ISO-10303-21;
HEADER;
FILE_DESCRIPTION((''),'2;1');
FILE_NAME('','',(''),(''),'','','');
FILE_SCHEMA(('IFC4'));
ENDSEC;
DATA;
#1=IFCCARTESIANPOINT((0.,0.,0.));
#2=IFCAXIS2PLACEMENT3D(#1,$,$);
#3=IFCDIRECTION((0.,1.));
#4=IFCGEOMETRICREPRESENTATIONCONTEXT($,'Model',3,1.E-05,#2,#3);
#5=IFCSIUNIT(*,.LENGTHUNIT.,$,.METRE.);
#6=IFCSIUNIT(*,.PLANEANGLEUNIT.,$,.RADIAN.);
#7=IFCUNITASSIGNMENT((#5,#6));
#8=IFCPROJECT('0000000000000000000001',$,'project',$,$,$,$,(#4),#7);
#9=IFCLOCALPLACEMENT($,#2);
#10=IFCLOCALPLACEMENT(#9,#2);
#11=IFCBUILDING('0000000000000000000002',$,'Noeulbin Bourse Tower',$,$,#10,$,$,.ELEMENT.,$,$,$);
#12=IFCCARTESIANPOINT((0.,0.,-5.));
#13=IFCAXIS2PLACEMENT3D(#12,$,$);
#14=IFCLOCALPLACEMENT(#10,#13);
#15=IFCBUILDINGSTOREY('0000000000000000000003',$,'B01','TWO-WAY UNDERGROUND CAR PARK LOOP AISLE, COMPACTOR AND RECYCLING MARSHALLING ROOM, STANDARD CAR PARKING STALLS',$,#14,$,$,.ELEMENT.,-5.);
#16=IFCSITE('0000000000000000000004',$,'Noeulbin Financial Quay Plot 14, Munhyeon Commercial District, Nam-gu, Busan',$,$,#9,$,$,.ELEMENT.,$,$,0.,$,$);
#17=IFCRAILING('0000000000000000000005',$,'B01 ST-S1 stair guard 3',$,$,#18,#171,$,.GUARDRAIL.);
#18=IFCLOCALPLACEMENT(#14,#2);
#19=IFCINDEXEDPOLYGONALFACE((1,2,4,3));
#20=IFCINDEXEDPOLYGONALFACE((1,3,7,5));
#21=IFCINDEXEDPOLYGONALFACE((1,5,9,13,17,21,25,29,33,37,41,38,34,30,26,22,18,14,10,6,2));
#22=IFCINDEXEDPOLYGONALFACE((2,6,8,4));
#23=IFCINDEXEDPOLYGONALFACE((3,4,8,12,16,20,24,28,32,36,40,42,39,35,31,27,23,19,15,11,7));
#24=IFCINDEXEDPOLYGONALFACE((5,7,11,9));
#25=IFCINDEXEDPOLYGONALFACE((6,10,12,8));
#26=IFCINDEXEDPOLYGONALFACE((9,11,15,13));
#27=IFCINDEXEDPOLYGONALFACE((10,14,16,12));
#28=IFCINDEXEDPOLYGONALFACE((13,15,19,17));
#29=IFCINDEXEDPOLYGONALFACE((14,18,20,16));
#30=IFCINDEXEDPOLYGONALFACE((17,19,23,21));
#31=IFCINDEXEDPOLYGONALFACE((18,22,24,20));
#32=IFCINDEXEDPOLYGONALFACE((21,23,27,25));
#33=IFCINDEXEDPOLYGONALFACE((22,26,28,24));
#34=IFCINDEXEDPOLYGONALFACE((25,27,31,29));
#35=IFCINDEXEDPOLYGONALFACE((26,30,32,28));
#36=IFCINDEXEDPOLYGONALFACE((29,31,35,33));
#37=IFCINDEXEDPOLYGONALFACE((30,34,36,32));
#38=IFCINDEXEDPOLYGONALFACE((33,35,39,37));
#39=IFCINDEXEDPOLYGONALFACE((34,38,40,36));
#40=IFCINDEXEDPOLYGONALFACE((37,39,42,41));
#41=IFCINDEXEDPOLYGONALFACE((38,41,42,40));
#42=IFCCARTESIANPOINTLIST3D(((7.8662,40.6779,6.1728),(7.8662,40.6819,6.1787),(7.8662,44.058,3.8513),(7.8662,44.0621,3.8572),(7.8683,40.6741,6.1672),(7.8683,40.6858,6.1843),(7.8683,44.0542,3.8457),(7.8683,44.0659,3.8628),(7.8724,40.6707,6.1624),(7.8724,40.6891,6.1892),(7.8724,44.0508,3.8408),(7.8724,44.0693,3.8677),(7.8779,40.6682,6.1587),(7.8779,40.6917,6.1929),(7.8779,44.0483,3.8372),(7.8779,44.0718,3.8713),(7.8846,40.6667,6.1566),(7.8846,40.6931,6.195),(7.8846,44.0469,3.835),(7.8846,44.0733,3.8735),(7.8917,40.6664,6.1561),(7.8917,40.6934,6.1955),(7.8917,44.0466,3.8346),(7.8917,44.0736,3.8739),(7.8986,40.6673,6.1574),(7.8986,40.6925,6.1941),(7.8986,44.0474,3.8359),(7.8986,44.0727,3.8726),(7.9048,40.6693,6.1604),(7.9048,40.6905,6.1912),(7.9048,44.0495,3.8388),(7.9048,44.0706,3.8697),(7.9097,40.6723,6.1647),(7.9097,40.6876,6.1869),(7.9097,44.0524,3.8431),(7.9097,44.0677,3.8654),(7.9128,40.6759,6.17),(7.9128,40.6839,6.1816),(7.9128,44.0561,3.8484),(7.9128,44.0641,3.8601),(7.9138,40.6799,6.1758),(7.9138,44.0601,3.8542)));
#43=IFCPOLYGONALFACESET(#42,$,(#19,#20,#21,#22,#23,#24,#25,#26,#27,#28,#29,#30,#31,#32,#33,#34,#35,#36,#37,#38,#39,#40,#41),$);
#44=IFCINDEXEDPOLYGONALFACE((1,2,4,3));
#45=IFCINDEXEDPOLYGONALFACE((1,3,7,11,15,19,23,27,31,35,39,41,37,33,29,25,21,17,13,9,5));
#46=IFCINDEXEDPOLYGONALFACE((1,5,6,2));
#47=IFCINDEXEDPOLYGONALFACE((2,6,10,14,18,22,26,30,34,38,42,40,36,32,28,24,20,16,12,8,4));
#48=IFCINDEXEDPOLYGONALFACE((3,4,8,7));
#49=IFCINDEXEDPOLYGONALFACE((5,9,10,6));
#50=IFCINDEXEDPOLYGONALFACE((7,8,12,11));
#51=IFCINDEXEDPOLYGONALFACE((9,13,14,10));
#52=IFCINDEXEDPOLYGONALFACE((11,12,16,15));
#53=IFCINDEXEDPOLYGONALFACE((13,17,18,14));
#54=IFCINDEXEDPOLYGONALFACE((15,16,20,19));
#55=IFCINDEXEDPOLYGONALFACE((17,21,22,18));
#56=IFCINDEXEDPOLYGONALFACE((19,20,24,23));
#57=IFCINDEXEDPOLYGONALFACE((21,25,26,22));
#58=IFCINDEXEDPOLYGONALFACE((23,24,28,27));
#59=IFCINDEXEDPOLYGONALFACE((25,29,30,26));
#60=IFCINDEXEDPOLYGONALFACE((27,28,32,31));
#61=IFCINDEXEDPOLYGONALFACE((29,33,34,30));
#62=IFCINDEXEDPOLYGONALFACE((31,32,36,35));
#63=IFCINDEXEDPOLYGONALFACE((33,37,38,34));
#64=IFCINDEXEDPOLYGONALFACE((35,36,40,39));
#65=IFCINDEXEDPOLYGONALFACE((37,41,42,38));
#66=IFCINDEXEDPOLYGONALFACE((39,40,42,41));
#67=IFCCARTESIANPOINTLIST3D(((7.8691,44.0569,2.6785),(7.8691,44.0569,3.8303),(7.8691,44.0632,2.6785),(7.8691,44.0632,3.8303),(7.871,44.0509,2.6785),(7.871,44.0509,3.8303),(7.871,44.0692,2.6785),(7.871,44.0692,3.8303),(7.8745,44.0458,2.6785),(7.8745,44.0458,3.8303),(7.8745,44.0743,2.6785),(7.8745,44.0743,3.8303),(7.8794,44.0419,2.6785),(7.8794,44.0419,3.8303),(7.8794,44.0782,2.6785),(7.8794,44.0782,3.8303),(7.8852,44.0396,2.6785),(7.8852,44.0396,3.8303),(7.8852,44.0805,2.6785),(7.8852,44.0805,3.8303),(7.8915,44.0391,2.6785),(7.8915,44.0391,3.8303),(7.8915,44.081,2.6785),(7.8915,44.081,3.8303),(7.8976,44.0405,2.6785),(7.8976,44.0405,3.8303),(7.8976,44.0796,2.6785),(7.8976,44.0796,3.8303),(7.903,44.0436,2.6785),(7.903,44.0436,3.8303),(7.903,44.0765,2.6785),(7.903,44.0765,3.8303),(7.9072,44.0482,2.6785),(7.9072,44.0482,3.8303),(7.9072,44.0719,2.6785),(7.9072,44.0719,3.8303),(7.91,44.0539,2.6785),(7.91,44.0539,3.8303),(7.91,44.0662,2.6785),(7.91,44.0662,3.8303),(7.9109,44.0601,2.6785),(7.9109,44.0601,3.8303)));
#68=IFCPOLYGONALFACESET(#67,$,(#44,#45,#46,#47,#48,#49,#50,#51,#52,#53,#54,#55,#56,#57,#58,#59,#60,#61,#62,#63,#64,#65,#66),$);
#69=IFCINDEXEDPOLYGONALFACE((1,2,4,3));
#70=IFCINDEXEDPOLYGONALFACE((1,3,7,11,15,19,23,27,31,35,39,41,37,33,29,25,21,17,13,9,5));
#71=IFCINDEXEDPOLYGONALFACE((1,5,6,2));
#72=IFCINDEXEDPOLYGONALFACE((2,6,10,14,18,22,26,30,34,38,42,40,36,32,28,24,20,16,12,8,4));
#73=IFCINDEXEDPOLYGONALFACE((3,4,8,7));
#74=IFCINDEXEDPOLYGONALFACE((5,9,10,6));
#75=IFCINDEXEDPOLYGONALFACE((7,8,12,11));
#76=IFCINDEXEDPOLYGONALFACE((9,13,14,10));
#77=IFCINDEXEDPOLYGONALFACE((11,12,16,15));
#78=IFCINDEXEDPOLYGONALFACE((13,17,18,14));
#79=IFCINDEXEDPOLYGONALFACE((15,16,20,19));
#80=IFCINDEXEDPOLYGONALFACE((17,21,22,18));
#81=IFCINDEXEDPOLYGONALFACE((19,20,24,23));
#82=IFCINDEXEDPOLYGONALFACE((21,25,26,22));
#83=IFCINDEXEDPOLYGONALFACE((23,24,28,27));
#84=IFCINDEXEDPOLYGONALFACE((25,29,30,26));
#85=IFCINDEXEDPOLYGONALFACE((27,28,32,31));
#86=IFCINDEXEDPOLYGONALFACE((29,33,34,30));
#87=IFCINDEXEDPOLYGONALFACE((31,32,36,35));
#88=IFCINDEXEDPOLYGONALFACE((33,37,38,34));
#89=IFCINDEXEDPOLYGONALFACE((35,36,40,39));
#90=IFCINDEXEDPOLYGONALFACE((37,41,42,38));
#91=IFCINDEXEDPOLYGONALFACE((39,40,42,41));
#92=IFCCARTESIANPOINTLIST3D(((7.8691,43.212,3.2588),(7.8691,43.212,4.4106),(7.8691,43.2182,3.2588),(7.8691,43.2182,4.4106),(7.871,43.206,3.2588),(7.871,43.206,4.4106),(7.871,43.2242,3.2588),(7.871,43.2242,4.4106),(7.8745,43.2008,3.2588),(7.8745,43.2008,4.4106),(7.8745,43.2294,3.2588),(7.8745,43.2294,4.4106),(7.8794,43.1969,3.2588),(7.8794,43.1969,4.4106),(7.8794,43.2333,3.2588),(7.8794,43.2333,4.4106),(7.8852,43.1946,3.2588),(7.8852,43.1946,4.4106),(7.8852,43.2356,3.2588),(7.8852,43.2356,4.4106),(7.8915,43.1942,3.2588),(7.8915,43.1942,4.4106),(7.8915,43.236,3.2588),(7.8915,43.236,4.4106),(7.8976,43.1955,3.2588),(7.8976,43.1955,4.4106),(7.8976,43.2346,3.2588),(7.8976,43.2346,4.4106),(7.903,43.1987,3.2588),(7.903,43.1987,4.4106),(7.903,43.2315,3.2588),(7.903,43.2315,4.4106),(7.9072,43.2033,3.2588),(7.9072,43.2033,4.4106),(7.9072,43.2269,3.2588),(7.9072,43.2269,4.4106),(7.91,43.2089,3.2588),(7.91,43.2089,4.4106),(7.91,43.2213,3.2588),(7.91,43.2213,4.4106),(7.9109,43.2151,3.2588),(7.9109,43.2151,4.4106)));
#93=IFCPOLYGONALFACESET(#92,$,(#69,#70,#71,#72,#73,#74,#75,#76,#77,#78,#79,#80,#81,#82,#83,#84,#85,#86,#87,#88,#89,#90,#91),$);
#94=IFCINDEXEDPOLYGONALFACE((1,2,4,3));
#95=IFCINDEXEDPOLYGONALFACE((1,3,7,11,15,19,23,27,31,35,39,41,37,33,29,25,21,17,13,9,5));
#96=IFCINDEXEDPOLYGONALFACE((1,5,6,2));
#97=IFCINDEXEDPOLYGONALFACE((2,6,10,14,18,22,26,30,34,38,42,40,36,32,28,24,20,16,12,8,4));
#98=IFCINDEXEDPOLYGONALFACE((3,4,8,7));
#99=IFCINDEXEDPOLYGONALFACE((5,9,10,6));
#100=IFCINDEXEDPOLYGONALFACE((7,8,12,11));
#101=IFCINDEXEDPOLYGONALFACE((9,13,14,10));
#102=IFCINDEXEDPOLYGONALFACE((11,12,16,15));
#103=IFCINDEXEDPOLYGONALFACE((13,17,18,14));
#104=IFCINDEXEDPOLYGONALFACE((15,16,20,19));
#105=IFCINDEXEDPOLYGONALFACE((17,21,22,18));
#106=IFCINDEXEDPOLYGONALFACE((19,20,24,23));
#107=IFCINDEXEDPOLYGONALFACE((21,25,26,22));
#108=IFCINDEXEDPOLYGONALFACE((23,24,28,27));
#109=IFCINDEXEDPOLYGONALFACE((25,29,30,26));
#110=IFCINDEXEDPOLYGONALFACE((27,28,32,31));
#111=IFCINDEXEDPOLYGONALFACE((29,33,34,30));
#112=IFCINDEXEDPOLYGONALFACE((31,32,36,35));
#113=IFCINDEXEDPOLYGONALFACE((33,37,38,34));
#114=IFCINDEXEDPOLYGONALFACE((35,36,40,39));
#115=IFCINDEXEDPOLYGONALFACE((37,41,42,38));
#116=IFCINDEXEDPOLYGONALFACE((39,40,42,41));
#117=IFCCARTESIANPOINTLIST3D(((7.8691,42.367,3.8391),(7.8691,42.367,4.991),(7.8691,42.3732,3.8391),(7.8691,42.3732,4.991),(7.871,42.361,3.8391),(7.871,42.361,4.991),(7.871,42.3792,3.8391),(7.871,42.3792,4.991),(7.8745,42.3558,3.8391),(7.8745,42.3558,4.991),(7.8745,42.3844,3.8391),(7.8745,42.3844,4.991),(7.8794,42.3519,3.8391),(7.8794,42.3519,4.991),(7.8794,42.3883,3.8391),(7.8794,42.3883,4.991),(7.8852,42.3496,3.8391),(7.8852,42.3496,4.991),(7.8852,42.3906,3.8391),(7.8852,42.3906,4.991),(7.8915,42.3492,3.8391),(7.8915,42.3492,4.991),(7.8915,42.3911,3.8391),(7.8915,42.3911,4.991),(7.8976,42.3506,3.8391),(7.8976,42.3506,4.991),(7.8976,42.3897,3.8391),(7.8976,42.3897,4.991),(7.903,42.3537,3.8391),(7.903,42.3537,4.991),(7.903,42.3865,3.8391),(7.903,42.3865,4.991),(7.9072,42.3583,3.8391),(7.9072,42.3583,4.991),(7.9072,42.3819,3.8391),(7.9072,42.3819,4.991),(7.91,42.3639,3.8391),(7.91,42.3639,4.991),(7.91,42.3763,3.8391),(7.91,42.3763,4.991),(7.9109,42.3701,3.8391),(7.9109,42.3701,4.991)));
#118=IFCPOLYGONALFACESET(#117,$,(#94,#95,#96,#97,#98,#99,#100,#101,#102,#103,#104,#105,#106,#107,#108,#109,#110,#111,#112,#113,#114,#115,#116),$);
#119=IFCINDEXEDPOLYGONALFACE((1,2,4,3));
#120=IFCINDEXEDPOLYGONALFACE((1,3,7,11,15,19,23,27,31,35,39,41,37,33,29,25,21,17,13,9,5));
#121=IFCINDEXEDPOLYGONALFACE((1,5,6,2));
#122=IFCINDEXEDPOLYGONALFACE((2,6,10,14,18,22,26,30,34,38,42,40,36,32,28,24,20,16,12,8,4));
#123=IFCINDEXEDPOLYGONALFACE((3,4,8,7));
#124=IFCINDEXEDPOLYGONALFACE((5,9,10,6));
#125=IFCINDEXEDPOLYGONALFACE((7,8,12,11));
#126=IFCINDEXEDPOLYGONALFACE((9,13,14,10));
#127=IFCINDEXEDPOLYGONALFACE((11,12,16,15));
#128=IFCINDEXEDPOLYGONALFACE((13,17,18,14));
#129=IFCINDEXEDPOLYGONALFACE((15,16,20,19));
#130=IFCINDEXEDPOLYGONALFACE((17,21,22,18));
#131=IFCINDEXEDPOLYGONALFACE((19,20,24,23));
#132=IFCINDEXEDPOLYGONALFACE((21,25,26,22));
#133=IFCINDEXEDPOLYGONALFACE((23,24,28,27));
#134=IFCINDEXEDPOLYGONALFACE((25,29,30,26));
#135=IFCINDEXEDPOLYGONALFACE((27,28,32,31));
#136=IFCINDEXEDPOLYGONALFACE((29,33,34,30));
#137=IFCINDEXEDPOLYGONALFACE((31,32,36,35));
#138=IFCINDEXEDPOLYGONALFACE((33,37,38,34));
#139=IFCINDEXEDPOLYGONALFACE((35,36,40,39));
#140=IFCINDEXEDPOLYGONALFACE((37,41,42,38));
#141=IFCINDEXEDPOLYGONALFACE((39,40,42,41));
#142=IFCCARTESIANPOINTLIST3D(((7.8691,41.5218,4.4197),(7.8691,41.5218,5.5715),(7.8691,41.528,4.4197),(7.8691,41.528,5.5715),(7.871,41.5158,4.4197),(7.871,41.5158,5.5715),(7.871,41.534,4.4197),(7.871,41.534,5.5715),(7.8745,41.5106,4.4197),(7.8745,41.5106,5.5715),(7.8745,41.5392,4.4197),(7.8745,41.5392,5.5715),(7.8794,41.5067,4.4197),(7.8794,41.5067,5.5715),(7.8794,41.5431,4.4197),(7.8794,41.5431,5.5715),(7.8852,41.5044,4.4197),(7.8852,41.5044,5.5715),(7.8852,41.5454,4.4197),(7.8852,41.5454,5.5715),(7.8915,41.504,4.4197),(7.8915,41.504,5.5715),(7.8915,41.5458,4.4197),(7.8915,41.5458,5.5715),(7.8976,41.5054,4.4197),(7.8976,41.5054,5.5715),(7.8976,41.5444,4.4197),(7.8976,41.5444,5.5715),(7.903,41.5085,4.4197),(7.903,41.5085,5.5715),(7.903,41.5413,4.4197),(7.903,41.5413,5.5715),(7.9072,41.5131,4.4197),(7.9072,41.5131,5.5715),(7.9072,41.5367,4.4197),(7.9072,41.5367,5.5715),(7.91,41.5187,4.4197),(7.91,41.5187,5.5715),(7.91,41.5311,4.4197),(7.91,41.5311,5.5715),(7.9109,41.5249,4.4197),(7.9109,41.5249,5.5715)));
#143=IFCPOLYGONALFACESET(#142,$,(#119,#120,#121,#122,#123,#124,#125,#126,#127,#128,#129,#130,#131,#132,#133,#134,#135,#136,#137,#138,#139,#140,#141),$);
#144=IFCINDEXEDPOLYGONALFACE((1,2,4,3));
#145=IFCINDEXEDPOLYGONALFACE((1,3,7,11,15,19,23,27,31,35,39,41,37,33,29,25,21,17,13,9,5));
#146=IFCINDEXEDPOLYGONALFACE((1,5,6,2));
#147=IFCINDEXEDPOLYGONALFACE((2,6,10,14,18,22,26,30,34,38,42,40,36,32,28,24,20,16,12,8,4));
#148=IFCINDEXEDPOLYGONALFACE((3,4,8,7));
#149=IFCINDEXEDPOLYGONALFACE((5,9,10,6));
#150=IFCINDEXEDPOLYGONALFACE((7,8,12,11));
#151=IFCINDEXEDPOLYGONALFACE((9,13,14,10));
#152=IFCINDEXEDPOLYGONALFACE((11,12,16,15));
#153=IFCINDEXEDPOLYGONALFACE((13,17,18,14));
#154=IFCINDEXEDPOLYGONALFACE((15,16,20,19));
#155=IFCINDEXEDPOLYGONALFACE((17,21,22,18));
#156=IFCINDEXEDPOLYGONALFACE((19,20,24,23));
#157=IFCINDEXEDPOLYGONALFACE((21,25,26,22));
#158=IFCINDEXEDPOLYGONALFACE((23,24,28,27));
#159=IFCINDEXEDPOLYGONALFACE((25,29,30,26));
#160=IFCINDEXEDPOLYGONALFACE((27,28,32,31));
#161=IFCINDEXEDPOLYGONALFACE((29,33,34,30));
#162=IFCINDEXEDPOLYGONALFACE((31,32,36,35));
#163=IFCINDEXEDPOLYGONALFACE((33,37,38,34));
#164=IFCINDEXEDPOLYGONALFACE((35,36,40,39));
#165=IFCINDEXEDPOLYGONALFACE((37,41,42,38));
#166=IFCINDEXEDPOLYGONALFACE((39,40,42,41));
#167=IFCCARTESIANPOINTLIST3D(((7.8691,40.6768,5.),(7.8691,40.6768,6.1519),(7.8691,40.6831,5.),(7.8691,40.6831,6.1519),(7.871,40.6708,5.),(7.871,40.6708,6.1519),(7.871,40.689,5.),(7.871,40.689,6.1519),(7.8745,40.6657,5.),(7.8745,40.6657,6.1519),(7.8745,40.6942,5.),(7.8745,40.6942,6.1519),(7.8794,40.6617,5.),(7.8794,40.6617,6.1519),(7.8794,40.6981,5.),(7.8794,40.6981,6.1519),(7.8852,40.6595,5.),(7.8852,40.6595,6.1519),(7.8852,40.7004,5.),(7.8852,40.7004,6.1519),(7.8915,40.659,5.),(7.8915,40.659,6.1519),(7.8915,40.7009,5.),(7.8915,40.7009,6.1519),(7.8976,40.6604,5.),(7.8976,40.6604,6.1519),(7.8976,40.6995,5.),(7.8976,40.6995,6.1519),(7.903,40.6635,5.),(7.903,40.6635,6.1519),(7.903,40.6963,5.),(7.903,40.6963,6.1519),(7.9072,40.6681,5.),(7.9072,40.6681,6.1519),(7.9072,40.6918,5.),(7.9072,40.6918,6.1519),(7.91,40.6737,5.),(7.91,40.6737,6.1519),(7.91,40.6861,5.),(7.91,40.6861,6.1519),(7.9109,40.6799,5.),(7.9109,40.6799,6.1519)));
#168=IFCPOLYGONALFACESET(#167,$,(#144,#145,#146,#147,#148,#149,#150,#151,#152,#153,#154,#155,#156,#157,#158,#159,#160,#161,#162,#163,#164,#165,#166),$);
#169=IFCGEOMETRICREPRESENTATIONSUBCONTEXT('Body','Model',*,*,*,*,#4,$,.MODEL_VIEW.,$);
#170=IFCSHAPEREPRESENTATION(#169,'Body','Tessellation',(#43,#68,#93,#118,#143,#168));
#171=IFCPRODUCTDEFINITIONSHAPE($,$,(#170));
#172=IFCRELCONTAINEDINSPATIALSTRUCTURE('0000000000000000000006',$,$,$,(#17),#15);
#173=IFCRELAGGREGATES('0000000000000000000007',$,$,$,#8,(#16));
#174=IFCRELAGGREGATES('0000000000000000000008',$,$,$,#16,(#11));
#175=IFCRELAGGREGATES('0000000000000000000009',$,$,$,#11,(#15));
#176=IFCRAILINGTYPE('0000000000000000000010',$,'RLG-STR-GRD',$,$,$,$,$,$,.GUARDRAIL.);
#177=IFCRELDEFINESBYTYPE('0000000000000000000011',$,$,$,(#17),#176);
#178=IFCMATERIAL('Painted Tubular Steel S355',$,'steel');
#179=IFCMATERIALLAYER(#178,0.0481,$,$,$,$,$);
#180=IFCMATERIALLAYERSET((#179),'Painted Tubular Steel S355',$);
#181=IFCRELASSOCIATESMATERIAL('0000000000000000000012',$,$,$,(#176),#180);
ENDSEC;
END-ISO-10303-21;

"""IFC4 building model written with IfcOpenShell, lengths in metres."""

from ifc_helpers import new_model, si_unit, direction, frame, origin, origin_2d, place, context, subcontext, project, spatial, circle, extrude, material, layer, layer_set, type_object, element, save


model = new_model("IFC4")

# Units and contexts
model_context = context("Model", 3, precision=1e-05, world=origin(), true_north=direction((0.0, 1.0)))
body_context = subcontext(model_context, "Body", "Model", "MODEL_VIEW")
ifc_project = project(units=[si_unit("LENGTHUNIT", "METRE"), si_unit("PLANEANGLEUNIT", "RADIAN")], contexts=[model_context])

# Site, building, storey
site_placement = place(None, origin())
site = spatial("IfcSite", under=ifc_project, at=site_placement, Name="Noeulbin Financial Quay Plot 14, Munhyeon Commercial District, Nam-gu, Busan", CompositionType="ELEMENT", RefElevation=0.0)
building_placement = place(site_placement, origin())
building = spatial("IfcBuilding", under=site, at=building_placement, Name="Noeulbin Bourse Tower", CompositionType="ELEMENT")
storey_placement = place(building_placement, frame((0.0, 0.0, -5.0)))
storey = spatial("IfcBuildingStorey", under=building, at=storey_placement, Name="B01", Description="TWO-WAY UNDERGROUND CAR PARK LOOP AISLE, COMPACTOR AND RECYCLING MARSHALLING ROOM, STANDARD CAR PARKING STALLS", CompositionType="ELEMENT", Elevation=-5.0)

# Railing
ifc_material_1 = material(Name="Painted Tubular Steel S355", Category="steel")
ifc_layer_1 = layer(ifc_material_1, 0.0481)
ifc_layer_set_1 = layer_set([ifc_layer_1], Name="Painted Tubular Steel S355")
railing_type = type_object("IfcRailingType", Name="RLG-STR-GRD", PredefinedType="GUARDRAIL", material=ifc_layer_set_1)
railing_1_placement = place(storey_placement, frame((7.8899, 44.0601, 2.6785)))
element("IfcRailing", 1, at=railing_1_placement, inside=storey, type_object=railing_type, Name="B01 ST-S1 stair guard 3", PredefinedType="GUARDRAIL", context=body_context, shape_type="SweptSolid", body=[
    extrude(circle(Radius=0.0239, at=origin_2d()), frame((0.0, 0.0, 1.1758), z_axis=(0.0, -0.824304, 0.566147), x_axis=(1.0, 0.0, 0.0)), (0.0, 0.0, 1.0), 4.1006),
    extrude(circle(Radius=0.021, at=origin_2d()), origin(), (0.0, 0.0, 1.0), 1.1519),
    extrude(circle(Radius=0.021, at=origin_2d()), frame((0.0, -0.845, 0.5803)), (0.0, 0.0, 1.0), 1.1519),
    extrude(circle(Radius=0.021, at=origin_2d()), frame((0.0, -1.6899, 1.1606)), (0.0, 0.0, 1.0), 1.1519),
    extrude(circle(Radius=0.021, at=origin_2d()), frame((0.0, -2.5352, 1.7412)), (0.0, 0.0, 1.0), 1.1519),
    extrude(circle(Radius=0.021, at=origin_2d()), frame((0.0, -3.3801, 2.3215)), (0.0, 0.0, 1.0), 1.1519),
])

save(model, "model.ifc")
